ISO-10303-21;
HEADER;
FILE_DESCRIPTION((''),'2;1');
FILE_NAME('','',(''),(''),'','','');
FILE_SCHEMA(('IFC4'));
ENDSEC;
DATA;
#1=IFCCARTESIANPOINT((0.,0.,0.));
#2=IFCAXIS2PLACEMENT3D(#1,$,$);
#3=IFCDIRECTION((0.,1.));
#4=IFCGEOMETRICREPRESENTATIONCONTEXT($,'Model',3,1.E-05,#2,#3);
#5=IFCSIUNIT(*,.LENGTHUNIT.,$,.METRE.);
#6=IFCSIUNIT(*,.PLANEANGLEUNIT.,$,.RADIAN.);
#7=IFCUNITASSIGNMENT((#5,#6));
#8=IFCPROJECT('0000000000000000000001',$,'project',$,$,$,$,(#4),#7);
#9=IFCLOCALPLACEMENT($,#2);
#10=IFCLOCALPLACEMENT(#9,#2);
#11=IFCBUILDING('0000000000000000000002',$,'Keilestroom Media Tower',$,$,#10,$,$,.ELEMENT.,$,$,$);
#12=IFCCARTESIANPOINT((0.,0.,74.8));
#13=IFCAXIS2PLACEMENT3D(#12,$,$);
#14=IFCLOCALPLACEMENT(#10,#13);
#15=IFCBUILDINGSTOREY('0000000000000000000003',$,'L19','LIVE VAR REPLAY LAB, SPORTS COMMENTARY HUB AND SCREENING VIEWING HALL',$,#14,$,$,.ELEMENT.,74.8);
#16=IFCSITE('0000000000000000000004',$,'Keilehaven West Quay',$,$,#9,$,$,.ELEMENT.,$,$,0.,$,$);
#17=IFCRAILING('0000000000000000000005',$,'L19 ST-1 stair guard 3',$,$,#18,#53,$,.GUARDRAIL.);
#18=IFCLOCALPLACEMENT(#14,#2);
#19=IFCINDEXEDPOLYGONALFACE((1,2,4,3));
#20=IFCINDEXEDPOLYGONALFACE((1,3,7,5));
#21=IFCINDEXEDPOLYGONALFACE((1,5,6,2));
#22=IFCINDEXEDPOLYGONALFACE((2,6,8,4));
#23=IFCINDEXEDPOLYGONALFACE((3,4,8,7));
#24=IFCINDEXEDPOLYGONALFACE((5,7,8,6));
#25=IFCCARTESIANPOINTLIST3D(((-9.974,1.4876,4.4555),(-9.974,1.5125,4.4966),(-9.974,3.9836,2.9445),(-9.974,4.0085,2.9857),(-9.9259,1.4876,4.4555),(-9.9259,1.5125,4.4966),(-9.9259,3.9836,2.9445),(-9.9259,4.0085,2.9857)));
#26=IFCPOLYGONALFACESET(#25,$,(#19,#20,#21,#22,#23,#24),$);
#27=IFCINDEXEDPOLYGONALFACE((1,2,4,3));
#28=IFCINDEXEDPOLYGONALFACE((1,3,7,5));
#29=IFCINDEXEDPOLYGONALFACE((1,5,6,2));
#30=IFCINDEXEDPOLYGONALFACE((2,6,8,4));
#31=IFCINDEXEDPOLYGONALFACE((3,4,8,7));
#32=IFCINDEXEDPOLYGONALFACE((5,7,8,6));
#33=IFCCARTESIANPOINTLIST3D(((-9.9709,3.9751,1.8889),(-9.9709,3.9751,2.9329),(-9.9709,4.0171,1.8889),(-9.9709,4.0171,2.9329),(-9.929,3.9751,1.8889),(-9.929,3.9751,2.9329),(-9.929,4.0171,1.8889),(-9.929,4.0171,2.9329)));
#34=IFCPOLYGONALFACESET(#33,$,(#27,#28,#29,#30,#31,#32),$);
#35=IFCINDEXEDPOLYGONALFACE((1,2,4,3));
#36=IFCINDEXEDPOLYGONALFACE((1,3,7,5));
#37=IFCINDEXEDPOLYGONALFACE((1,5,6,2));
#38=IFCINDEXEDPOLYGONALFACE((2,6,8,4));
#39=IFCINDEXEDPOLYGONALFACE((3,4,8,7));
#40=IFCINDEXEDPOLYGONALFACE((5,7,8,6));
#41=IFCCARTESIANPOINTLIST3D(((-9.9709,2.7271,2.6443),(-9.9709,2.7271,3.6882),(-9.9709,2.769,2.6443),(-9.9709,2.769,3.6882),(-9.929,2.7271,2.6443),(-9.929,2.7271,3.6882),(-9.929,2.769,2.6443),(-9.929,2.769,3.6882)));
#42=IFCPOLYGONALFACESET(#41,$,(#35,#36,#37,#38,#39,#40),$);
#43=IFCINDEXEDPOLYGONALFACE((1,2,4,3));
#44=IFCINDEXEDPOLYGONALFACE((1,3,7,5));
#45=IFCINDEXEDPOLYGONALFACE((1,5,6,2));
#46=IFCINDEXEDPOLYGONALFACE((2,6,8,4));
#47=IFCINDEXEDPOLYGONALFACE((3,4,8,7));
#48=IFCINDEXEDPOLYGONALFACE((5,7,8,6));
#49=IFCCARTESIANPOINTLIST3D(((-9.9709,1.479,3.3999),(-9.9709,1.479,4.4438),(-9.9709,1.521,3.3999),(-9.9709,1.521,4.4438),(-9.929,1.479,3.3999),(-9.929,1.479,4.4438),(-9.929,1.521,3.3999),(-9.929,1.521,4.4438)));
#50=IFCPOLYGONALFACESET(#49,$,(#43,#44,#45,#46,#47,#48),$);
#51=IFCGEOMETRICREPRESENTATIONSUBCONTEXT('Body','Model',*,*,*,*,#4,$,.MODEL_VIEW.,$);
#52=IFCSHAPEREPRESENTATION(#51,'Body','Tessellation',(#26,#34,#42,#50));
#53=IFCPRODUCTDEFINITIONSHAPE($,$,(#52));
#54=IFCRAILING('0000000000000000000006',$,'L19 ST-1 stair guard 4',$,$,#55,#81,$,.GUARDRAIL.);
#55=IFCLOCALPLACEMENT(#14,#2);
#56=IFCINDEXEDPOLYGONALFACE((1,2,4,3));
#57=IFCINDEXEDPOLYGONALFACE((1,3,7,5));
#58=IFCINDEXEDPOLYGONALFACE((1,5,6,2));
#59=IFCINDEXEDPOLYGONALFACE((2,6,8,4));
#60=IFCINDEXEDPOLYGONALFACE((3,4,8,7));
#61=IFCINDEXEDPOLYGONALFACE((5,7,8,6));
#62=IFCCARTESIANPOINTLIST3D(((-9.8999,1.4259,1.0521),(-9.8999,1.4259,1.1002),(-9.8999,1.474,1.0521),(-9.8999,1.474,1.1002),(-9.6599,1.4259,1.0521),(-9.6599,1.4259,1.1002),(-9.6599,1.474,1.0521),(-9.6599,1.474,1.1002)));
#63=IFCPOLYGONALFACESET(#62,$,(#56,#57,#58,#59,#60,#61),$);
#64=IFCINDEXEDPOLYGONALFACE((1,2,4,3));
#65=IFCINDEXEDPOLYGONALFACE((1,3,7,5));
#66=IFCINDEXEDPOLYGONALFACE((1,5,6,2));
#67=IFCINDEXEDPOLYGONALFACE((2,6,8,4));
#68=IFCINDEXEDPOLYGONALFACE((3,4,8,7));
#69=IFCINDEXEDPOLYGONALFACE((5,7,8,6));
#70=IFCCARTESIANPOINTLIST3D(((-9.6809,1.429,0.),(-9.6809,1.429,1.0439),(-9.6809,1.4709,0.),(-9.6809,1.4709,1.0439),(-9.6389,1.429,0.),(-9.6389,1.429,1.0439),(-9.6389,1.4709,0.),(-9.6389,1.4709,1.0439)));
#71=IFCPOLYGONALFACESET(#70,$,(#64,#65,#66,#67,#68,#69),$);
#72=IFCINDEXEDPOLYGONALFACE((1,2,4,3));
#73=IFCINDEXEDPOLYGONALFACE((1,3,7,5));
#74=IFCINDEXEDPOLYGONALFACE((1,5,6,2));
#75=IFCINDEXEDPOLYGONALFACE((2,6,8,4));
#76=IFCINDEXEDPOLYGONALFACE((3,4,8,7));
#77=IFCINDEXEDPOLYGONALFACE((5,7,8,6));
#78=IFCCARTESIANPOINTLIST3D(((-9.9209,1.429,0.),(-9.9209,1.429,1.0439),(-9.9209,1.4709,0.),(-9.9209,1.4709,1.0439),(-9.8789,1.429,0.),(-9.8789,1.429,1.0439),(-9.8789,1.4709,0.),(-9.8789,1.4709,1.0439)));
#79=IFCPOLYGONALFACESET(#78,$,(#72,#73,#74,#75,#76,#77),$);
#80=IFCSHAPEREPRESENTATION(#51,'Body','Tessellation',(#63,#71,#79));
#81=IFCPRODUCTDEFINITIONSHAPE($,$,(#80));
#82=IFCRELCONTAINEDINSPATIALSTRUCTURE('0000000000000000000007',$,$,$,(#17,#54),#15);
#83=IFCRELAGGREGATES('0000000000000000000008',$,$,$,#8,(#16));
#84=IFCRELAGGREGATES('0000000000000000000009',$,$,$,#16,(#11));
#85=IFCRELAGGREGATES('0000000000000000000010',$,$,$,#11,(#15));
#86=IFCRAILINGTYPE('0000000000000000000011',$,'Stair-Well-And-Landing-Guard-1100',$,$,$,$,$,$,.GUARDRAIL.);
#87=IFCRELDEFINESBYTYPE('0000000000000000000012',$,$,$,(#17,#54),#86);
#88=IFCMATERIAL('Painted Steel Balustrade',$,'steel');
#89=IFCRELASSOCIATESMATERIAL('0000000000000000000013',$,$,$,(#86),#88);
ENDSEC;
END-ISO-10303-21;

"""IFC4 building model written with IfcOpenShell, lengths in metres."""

from ifc_helpers import new_model, si_unit, direction, frame, origin, origin_2d, place, context, subcontext, project, spatial, rectangle, extrude, material, type_object, element, save


model = new_model("IFC4")

# Units and contexts
model_context = context("Model", 3, precision=1e-05, world=origin(), true_north=direction((0.0, 1.0)))
body_context = subcontext(model_context, "Body", "Model", "MODEL_VIEW")
ifc_project = project(units=[si_unit("LENGTHUNIT", "METRE"), si_unit("PLANEANGLEUNIT", "RADIAN")], contexts=[model_context])

# Site, building, storey
site_placement = place(None, origin())
site = spatial("IfcSite", under=ifc_project, at=site_placement, Name="Keilehaven West Quay", CompositionType="ELEMENT", RefElevation=0.0)
building_placement = place(site_placement, origin())
building = spatial("IfcBuilding", under=site, at=building_placement, Name="Keilestroom Media Tower", CompositionType="ELEMENT")
storey_placement = place(building_placement, frame((0.0, 0.0, 74.8)))
storey = spatial("IfcBuildingStorey", under=building, at=storey_placement, Name="L19", Description="LIVE VAR REPLAY LAB, SPORTS COMMENTARY HUB AND SCREENING VIEWING HALL", CompositionType="ELEMENT", Elevation=74.8)

# Railings
ifc_material_1 = material(Name="Painted Steel Balustrade", Category="steel")
railing_type_1 = type_object("IfcRailingType", Name="Stair-Well-And-Landing-Guard-1100", PredefinedType="GUARDRAIL", material=ifc_material_1)
railing_1_placement = place(storey_placement, frame((-9.95, 3.9961, 1.8889)))
element("IfcRailing", 1, at=railing_1_placement, inside=storey, type_object=railing_type_1, Name="L19 ST-1 stair guard 3", PredefinedType="GUARDRAIL", context=body_context, shape_type="SweptSolid", body=[
    extrude(rectangle(XDim=0.0481, YDim=0.0481, at=origin_2d()), frame((0.0, 0.0, 1.0762), z_axis=(0.0, -0.855471, 0.517851), x_axis=(1.0, 0.0, 0.0)), (0.0, 0.0, 1.0), 2.9177),
    extrude(rectangle(XDim=0.042, YDim=0.042, at=origin_2d()), origin(), (0.0, 0.0, 1.0), 1.0439),
    extrude(rectangle(XDim=0.042, YDim=0.042, at=origin_2d()), frame((0.0, -1.248, 0.7554)), (0.0, 0.0, 1.0), 1.0439),
    extrude(rectangle(XDim=0.042, YDim=0.042, at=origin_2d()), frame((0.0, -2.4961, 1.511)), (0.0, 0.0, 1.0), 1.0439),
])
railing_2_placement = place(storey_placement, frame((-9.6599, 1.45, 0.0)))
element("IfcRailing", 2, at=railing_2_placement, inside=storey, type_object=railing_type_1, Name="L19 ST-1 stair guard 4", PredefinedType="GUARDRAIL", context=body_context, shape_type="SweptSolid", body=[
    extrude(rectangle(XDim=0.0481, YDim=0.0481, at=origin_2d()), frame((0.0, 0.0, 1.0762), z_axis=(-1.0, 0.0, 0.0), x_axis=(0.0, -1.0, 0.0)), (0.0, 0.0, 1.0), 0.24),
    extrude(rectangle(XDim=0.042, YDim=0.042, at=origin_2d()), origin(), (0.0, 0.0, 1.0), 1.0439),
    extrude(rectangle(XDim=0.042, YDim=0.042, at=origin_2d()), frame((-0.24, 0.0, 0.0)), (0.0, 0.0, 1.0), 1.0439),
])

save(model, "model.ifc")
